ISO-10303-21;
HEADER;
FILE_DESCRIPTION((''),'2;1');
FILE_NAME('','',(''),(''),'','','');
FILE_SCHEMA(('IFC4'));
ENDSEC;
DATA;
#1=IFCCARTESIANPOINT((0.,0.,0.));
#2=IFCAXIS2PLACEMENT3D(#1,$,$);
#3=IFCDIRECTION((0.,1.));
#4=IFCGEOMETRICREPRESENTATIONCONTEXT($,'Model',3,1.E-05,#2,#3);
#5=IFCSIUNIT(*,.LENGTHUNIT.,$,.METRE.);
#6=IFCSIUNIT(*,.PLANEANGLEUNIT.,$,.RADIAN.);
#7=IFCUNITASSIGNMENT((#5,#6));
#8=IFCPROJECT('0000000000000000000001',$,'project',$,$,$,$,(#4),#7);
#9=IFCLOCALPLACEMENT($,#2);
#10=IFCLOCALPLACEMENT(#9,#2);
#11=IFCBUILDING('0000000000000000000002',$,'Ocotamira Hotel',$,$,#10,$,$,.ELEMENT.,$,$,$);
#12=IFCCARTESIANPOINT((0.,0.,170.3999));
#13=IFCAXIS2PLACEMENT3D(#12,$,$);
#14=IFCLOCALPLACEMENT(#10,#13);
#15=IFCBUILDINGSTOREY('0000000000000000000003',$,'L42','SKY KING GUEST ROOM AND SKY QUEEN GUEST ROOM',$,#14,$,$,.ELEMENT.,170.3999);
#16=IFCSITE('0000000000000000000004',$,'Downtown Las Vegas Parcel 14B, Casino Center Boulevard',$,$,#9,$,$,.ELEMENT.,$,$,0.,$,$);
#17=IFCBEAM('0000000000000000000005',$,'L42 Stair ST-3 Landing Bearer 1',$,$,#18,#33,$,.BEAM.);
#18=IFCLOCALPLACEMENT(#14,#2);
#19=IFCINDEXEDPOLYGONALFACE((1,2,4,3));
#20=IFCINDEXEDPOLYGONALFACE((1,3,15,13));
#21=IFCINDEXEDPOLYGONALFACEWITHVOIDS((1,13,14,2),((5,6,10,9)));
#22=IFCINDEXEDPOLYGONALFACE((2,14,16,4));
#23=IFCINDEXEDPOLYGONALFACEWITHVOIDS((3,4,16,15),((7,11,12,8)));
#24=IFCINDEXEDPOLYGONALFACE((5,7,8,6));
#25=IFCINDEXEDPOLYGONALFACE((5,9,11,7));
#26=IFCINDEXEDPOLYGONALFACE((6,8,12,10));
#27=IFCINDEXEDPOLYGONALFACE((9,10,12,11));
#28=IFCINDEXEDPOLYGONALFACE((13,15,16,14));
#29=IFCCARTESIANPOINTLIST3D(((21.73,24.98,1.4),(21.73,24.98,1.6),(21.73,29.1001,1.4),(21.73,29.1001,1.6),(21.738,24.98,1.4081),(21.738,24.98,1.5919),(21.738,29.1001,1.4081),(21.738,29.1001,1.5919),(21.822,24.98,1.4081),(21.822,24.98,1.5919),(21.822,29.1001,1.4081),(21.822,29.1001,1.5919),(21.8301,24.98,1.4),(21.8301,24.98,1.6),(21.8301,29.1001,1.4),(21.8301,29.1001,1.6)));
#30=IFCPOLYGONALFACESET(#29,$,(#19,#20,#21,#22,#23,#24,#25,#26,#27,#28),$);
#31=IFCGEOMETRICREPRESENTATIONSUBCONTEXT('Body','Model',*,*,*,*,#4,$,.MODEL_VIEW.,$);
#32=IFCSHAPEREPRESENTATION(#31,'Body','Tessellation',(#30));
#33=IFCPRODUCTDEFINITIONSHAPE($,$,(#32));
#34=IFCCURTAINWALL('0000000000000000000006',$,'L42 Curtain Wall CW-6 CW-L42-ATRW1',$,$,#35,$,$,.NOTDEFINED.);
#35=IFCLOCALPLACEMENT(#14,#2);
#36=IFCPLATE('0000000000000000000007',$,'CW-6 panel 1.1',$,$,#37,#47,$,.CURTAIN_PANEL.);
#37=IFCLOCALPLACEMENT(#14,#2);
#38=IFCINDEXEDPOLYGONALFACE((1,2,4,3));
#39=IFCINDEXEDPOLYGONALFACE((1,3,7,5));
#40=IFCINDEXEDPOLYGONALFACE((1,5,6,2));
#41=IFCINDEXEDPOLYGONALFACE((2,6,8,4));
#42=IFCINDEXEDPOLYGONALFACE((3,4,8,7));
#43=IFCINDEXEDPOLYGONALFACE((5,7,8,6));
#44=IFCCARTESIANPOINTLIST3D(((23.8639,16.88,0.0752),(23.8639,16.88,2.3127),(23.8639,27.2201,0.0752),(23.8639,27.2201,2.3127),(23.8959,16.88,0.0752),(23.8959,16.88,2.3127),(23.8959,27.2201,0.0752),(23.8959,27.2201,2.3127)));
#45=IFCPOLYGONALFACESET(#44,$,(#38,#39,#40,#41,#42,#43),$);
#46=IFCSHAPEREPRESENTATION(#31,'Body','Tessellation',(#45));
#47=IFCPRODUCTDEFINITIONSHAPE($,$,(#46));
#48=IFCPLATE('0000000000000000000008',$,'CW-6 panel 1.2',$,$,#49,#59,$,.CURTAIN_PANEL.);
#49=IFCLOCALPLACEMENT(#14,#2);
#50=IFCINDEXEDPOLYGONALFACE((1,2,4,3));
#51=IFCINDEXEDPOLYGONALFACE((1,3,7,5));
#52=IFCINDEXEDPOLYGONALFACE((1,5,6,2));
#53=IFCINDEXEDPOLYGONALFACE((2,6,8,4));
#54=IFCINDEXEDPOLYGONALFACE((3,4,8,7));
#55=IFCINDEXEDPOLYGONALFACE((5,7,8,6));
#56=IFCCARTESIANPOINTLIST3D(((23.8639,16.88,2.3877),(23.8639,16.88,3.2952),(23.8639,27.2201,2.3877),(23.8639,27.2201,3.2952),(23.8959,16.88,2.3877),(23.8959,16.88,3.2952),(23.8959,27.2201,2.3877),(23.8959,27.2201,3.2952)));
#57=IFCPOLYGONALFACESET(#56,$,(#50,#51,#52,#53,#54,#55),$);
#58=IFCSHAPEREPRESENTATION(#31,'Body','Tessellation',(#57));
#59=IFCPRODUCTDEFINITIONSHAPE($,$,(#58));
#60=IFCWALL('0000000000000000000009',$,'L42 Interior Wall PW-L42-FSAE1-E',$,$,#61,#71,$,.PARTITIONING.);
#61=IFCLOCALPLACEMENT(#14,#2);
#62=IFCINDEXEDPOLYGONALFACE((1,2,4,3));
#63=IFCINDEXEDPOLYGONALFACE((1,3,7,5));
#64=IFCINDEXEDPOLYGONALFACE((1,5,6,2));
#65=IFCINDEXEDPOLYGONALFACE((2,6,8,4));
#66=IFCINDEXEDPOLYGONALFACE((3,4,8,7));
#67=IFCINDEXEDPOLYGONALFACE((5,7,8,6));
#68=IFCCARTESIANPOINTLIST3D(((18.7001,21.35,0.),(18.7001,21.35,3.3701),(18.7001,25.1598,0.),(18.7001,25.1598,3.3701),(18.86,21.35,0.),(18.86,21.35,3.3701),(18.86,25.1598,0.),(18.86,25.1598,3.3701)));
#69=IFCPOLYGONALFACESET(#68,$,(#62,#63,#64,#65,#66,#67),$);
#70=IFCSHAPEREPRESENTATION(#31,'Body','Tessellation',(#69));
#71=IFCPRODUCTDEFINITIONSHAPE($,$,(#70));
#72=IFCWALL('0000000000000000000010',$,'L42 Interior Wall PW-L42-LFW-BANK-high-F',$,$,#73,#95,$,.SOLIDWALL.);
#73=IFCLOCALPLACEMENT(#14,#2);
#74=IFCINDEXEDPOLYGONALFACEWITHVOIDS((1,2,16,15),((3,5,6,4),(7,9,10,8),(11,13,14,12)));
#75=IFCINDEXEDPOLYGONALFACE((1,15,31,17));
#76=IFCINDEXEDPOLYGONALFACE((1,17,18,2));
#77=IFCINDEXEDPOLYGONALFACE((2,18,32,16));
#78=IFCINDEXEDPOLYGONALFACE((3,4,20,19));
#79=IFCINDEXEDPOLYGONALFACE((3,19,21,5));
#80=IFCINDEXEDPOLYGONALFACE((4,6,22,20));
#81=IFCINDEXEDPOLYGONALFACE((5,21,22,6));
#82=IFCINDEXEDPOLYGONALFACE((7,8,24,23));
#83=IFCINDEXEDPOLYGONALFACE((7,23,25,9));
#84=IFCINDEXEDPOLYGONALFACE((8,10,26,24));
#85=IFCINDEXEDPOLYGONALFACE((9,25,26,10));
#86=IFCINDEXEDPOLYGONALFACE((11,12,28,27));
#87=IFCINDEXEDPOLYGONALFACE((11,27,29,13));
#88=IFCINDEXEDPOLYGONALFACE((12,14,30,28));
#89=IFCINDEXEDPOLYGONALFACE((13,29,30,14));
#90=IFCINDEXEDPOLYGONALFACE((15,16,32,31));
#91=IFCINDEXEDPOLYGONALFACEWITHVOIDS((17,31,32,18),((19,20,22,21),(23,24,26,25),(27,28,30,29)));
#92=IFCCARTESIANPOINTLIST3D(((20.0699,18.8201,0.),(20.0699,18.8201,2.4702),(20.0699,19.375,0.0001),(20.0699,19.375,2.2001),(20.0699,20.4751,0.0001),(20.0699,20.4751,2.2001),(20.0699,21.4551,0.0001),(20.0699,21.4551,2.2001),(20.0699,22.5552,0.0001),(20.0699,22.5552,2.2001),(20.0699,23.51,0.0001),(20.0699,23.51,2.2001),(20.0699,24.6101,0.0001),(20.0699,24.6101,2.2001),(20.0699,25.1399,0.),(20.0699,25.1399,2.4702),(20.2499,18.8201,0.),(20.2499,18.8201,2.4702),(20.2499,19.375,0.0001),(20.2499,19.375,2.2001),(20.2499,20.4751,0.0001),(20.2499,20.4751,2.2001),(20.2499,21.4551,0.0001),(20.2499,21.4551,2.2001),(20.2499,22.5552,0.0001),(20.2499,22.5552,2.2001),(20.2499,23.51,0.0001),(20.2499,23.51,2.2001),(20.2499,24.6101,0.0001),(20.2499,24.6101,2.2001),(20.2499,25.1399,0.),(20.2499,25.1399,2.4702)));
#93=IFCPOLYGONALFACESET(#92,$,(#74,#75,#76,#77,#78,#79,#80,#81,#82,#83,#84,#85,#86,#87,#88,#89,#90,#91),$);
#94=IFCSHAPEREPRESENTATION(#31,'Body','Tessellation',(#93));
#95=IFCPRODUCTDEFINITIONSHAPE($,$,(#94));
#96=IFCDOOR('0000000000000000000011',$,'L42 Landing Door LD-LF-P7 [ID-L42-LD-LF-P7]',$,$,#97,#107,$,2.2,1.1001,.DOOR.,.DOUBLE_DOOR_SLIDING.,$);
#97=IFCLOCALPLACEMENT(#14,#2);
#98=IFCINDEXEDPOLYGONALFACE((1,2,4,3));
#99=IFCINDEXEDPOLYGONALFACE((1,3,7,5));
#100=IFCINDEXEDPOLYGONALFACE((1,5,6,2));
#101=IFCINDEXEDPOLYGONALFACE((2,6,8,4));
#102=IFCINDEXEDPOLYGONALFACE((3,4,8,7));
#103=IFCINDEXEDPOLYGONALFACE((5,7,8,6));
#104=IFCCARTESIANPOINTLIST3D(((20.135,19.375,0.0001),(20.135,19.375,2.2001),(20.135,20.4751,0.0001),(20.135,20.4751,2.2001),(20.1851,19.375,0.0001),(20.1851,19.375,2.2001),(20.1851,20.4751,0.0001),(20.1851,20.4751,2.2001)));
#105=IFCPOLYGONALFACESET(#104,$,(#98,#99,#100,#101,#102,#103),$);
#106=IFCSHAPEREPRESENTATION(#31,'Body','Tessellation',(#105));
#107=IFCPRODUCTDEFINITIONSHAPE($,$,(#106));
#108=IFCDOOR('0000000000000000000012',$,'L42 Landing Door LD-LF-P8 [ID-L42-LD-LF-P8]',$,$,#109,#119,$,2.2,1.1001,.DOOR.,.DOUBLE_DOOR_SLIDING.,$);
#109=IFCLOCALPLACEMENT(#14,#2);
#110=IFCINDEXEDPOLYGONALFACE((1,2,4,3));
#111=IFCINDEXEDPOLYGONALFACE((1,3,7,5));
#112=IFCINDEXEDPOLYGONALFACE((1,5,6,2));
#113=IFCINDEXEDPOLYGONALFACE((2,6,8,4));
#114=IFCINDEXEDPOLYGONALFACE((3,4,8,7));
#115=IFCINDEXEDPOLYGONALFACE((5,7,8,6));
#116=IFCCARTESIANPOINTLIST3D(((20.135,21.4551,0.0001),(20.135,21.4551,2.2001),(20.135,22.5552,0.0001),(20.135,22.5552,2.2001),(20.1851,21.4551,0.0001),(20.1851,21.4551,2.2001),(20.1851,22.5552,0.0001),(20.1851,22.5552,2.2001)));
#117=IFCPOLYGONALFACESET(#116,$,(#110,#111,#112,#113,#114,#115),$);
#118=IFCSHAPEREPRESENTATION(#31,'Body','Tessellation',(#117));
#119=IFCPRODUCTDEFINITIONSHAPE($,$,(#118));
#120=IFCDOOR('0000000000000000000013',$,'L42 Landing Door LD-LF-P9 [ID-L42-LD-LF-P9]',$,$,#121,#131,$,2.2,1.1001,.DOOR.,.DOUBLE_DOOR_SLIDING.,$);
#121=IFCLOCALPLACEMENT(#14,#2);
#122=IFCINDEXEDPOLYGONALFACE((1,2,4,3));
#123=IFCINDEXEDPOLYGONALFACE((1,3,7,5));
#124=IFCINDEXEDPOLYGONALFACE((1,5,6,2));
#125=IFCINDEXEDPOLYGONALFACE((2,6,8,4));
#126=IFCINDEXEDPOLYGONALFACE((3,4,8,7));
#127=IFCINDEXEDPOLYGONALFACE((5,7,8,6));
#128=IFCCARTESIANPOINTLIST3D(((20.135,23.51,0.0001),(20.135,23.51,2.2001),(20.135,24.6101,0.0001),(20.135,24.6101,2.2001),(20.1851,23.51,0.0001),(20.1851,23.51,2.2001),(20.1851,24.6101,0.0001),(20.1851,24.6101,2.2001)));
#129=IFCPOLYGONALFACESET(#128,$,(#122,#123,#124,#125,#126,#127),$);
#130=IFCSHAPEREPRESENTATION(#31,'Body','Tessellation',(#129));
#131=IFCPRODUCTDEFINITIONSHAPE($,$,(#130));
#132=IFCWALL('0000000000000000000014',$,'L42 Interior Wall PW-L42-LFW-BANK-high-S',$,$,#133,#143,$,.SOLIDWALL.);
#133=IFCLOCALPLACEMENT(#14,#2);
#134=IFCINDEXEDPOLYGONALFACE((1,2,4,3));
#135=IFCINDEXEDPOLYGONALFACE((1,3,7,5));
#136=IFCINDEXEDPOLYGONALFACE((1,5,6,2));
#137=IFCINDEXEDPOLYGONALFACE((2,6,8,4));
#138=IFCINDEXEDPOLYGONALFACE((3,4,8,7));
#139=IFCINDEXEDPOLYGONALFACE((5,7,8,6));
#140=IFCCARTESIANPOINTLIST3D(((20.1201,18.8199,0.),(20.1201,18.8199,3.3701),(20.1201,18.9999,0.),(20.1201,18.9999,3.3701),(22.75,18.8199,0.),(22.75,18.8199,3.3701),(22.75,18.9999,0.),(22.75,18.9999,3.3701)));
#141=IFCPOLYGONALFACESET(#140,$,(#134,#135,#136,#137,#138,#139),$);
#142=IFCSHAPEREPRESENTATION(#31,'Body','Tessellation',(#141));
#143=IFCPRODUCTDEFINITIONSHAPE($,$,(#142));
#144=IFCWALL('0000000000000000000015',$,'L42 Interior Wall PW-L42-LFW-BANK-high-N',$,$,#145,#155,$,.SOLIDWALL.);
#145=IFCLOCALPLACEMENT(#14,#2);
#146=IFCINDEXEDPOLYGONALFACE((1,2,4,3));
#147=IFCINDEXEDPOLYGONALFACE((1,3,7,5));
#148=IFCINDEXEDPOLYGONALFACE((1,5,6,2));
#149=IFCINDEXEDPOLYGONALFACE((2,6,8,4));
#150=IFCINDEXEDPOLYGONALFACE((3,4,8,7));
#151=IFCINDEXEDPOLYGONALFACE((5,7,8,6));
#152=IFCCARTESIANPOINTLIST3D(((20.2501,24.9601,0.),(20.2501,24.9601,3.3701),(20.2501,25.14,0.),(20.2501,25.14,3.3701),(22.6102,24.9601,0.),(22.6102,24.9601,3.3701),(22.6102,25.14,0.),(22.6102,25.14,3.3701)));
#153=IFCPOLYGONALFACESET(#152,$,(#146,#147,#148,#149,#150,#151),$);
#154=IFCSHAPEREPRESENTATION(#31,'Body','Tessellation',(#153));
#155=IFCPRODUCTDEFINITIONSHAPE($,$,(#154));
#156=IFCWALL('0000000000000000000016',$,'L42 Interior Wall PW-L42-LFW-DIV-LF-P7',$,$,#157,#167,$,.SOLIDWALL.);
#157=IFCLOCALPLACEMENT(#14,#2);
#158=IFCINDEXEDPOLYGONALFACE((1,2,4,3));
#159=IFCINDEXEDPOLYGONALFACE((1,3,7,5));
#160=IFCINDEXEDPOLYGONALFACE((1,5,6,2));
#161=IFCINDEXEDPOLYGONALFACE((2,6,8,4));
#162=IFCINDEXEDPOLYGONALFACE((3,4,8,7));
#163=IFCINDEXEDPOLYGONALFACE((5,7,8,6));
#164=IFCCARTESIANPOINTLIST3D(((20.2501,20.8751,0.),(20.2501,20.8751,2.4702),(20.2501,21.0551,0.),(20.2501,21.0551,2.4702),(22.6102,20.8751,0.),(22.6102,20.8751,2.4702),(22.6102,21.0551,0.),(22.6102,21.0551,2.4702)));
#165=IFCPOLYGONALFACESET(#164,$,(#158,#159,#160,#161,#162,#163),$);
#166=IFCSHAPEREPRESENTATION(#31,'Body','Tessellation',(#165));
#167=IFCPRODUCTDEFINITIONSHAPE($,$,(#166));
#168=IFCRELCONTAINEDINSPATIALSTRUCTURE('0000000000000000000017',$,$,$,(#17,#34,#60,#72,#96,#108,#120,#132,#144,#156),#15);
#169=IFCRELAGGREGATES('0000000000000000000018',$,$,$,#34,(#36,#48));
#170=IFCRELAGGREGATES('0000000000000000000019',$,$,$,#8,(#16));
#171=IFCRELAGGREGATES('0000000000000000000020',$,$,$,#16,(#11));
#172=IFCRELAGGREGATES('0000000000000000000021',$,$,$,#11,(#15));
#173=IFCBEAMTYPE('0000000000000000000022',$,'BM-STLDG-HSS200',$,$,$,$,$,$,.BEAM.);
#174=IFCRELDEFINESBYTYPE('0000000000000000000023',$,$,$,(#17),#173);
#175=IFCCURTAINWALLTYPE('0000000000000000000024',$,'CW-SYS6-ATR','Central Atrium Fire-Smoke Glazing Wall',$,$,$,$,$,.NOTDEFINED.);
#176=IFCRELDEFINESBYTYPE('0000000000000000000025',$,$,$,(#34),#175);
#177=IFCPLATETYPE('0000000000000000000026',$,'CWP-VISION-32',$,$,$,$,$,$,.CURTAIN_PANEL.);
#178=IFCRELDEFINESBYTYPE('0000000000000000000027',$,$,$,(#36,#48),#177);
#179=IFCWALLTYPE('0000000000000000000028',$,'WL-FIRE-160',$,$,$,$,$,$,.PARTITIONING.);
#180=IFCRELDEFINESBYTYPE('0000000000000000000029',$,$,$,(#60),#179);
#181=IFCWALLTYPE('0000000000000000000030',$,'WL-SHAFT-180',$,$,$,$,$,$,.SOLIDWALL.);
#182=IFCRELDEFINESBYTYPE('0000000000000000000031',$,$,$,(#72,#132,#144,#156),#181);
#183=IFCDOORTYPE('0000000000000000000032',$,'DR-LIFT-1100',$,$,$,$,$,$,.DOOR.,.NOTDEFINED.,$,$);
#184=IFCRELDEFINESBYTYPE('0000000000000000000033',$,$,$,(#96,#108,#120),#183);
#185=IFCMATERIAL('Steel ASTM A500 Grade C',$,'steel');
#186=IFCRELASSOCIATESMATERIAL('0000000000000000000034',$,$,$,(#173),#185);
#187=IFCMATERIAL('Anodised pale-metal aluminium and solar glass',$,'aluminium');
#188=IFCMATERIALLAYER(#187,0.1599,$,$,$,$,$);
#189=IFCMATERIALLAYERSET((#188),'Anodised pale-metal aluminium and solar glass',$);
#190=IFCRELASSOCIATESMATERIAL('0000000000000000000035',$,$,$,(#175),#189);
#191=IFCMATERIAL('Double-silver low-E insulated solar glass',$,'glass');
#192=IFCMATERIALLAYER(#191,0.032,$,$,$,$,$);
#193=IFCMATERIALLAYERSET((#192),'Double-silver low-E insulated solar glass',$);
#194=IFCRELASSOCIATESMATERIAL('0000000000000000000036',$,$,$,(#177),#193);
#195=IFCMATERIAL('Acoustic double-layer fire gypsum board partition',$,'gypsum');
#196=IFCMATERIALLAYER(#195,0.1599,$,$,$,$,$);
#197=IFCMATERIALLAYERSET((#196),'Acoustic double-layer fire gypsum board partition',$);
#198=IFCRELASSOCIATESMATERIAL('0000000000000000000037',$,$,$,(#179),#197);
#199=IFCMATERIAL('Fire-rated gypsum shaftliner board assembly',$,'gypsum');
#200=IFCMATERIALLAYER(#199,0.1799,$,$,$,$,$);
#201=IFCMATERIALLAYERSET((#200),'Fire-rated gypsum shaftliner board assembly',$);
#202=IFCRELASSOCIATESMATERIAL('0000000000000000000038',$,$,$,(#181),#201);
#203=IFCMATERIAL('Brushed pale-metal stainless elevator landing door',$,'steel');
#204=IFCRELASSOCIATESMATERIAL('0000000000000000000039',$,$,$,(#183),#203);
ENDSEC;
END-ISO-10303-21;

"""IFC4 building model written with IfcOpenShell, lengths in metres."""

from ifc_helpers import new_model, si_unit, direction, frame, frame_2d, origin, origin_2d, place, context, subcontext, project, spatial, rectangle, hollow_rectangle, extrude, source, transform, mapped, material, layer, layer_set, material_profile, profile_set, type_object, element, fill, aggregate, save


model = new_model("IFC4")

# Units and contexts
model_context = context("Model", 3, precision=1e-05, world=origin(), true_north=direction((0.0, 1.0)))
body_context = subcontext(model_context, "Body", "Model", "MODEL_VIEW")
ifc_project = project(units=[si_unit("LENGTHUNIT", "METRE"), si_unit("PLANEANGLEUNIT", "RADIAN")], contexts=[model_context])

# Site, building, storey
site_placement = place(None, origin())
site = spatial("IfcSite", under=ifc_project, at=site_placement, Name="Downtown Las Vegas Parcel 14B, Casino Center Boulevard", CompositionType="ELEMENT", RefElevation=0.0)
building_placement = place(site_placement, origin())
building = spatial("IfcBuilding", under=site, at=building_placement, Name="Ocotamira Hotel", CompositionType="ELEMENT")
storey_placement = place(building_placement, frame((0.0, 0.0, 170.3999)))
storey = spatial("IfcBuildingStorey", under=building, at=storey_placement, Name="L42", Description="SKY KING GUEST ROOM AND SKY QUEEN GUEST ROOM", CompositionType="ELEMENT", Elevation=170.3999)

# Beam
ifc_material_1 = material(Name="Steel ASTM A500 Grade C", Category="steel")
ifc_material_profile = material_profile(ifc_material_1, hollow_rectangle(XDim=0.1001, YDim=0.2, WallThickness=0.0081, at=origin_2d()), Name="HSS200X100X8")
ifc_profile_set = profile_set([ifc_material_profile], Name="Steel ASTM A500 Grade C")
beam_type = type_object("IfcBeamType", Name="BM-STLDG-HSS200", PredefinedType="BEAM", material=ifc_profile_set)
shared_shape_1 = source(origin(), body_context, "Body", "SweptSolid", [
    extrude(hollow_rectangle(XDim=0.1001, YDim=0.2, WallThickness=0.0081, at=origin_2d()), origin(), (0.0, 0.0, 1.0), 4.1201),
])
beam_placement = place(storey_placement, frame((21.78, 24.98, 1.5), z_axis=(0.0, 1.0, 0.0), x_axis=(-1.0, 0.0, 0.0)))
element("IfcBeam", 1, at=beam_placement, inside=storey, type_object=beam_type, Name="L42 Stair ST-3 Landing Bearer 1", PredefinedType="BEAM", context=body_context, shape_type="MappedRepresentation", body=[
    mapped(shared_shape_1, transform((0.0, 0.0, 0.0), scale=1.0)),
])

# Curtain wall, plates
ifc_material_2 = material(Name="Anodised pale-metal aluminium and solar glass", Category="aluminium")
ifc_layer_1 = layer(ifc_material_2, 0.1599)
ifc_layer_set_1 = layer_set([ifc_layer_1], Name="Anodised pale-metal aluminium and solar glass")
curtain_wall_type = type_object("IfcCurtainWallType", Name="CW-SYS6-ATR", Description="Central Atrium Fire-Smoke Glazing Wall", PredefinedType="NOTDEFINED", material=ifc_layer_set_1)
curtain_wall_placement = place(storey_placement, origin())
curtain_wall = element("IfcCurtainWall", 2, at=curtain_wall_placement, inside=storey, type_object=curtain_wall_type, Name="L42 Curtain Wall CW-6 CW-L42-ATRW1", PredefinedType="NOTDEFINED")
ifc_material_3 = material(Name="Double-silver low-E insulated solar glass", Category="glass")
ifc_layer_2 = layer(ifc_material_3, 0.032)
ifc_layer_set_2 = layer_set([ifc_layer_2], Name="Double-silver low-E insulated solar glass")
plate_type = type_object("IfcPlateType", Name="CWP-VISION-32", PredefinedType="CURTAIN_PANEL", material=ifc_layer_set_2)
shared_shape_2 = source(origin(), body_context, "Body", "SweptSolid", [
    extrude(rectangle(XDim=10.3401, YDim=0.032, at=origin_2d()), origin(), (0.0, 0.0, 1.0), 2.2375),
])
plate_1_placement = place(storey_placement, frame((23.8799, 22.05, 0.0752), z_axis=(0.0, 0.0, 1.0), x_axis=(0.0, 1.0, 0.0)))
plate_1 = element("IfcPlate", 3, at=plate_1_placement, type_object=plate_type, Name="CW-6 panel 1.1", PredefinedType="CURTAIN_PANEL", context=body_context, shape_type="MappedRepresentation", body=[
    mapped(shared_shape_2, transform((0.0, 0.0, 0.0), scale=1.0)),
])
shared_shape_3 = source(origin(), body_context, "Body", "SweptSolid", [
    extrude(rectangle(XDim=10.3401, YDim=0.032, at=origin_2d()), origin(), (0.0, 0.0, 1.0), 0.9075),
])
plate_2_placement = place(storey_placement, frame((23.8799, 22.05, 2.3877), z_axis=(0.0, 0.0, 1.0), x_axis=(0.0, 1.0, 0.0)))
plate_2 = element("IfcPlate", 4, at=plate_2_placement, type_object=plate_type, Name="CW-6 panel 1.2", PredefinedType="CURTAIN_PANEL", context=body_context, shape_type="MappedRepresentation", body=[
    mapped(shared_shape_3, transform((0.0, 0.0, 0.0), scale=1.0)),
])
aggregate(curtain_wall, [plate_1, plate_2])

# Shared definitions
ifc_material_4 = material(Name="Acoustic double-layer fire gypsum board partition", Category="gypsum")
ifc_layer_3 = layer(ifc_material_4, 0.1599)
ifc_layer_set_3 = layer_set([ifc_layer_3], Name="Acoustic double-layer fire gypsum board partition")
wall_type_1 = type_object("IfcWallType", Name="WL-FIRE-160", PredefinedType="PARTITIONING", material=ifc_layer_set_3)

# Wall
wall_1_placement = place(storey_placement, frame((18.78, 21.3501, 0.0), z_axis=(0.0, 0.0, 1.0), x_axis=(0.0, 1.0, 0.0)))
element("IfcWall", 5, at=wall_1_placement, inside=storey, type_object=wall_type_1, Name="L42 Interior Wall PW-L42-FSAE1-E", PredefinedType="PARTITIONING", context=body_context, shape_type="SweptSolid", body=[
    extrude(rectangle(XDim=3.8098, YDim=0.1599, at=frame_2d((1.9048, 0.0))), origin(), (0.0, 0.0, 1.0), 3.3701),
])

# Wall, openings, doors
ifc_material_5 = material(Name="Fire-rated gypsum shaftliner board assembly", Category="gypsum")
ifc_layer_4 = layer(ifc_material_5, 0.1799)
ifc_layer_set_4 = layer_set([ifc_layer_4], Name="Fire-rated gypsum shaftliner board assembly")
wall_type_2 = type_object("IfcWallType", Name="WL-SHAFT-180", PredefinedType="SOLIDWALL", material=ifc_layer_set_4)
wall_2_placement = place(storey_placement, frame((20.1599, 18.8201, 0.0), z_axis=(0.0, 0.0, 1.0), x_axis=(0.0, 1.0, 0.0)))
wall_2 = element("IfcWall", 6, at=wall_2_placement, inside=storey, type_object=wall_type_2, Name="L42 Interior Wall PW-L42-LFW-BANK-high-F", PredefinedType="SOLIDWALL", context=body_context, shape_type="SweptSolid", body=[
    extrude(rectangle(XDim=6.3198, YDim=0.1799, at=frame_2d((3.1599, 0.0))), origin(), (0.0, 0.0, 1.0), 2.4702),
])
opening_1_placement = place(wall_2_placement, frame((0.5549, 0.0, 0.0)))
opening_1 = element("IfcOpeningElement", 7, at=opening_1_placement, cuts=wall_2, PredefinedType="OPENING", context=body_context, shape_type="SweptSolid", body=[
    extrude(rectangle(XDim=1.1001, YDim=2.2, at=frame_2d((0.55, 1.1001))), frame((0.0, 0.1001, 0.0), z_axis=(0.0, -1.0, 0.0), x_axis=(1.0, 0.0, 0.0)), (0.0, 0.0, 1.0), 0.2),
])
opening_2_placement = place(wall_2_placement, frame((2.635, 0.0, 0.0)))
opening_2 = element("IfcOpeningElement", 8, at=opening_2_placement, cuts=wall_2, PredefinedType="OPENING", context=body_context, shape_type="SweptSolid", body=[
    extrude(rectangle(XDim=1.1001, YDim=2.2, at=frame_2d((0.55, 1.1001))), frame((0.0, 0.1001, 0.0), z_axis=(0.0, -1.0, 0.0), x_axis=(1.0, 0.0, 0.0)), (0.0, 0.0, 1.0), 0.2),
])
opening_3_placement = place(wall_2_placement, frame((4.6899, 0.0, 0.0)))
opening_3 = element("IfcOpeningElement", 9, at=opening_3_placement, cuts=wall_2, PredefinedType="OPENING", context=body_context, shape_type="SweptSolid", body=[
    extrude(rectangle(XDim=1.1001, YDim=2.2, at=frame_2d((0.55, 1.1001))), frame((0.0, 0.1001, 0.0), z_axis=(0.0, -1.0, 0.0), x_axis=(1.0, 0.0, 0.0)), (0.0, 0.0, 1.0), 0.2),
])
ifc_material_6 = material(Name="Brushed pale-metal stainless elevator landing door", Category="steel")
door_type_1 = type_object("IfcDoorType", Name="DR-LIFT-1100", OperationType="NOTDEFINED", PredefinedType="DOOR", material=ifc_material_6)
shared_shape_4 = source(origin(), body_context, "Body", "SweptSolid", [
    extrude(rectangle(XDim=1.1001, YDim=2.2, at=frame_2d((0.55, 1.1001))), frame((0.0, 0.0249, 0.0), z_axis=(0.0, -1.0, 0.0), x_axis=(1.0, 0.0, 0.0)), (0.0, 0.0, 1.0), 0.05),
])
door_1_placement = place(opening_1_placement, origin())
door_1 = element("IfcDoor", 10, at=door_1_placement, inside=storey, type_object=door_type_1, Name="L42 Landing Door LD-LF-P7 [ID-L42-LD-LF-P7]", OperationType="DOUBLE_DOOR_SLIDING", OverallHeight=2.2, OverallWidth=1.1001, PredefinedType="DOOR", context=body_context, shape_type="MappedRepresentation", body=[
    mapped(shared_shape_4, transform((0.0, 0.0, 0.0), scale=1.0)),
])
fill(opening_1, door_1)
door_2_placement = place(opening_2_placement, origin())
door_2 = element("IfcDoor", 11, at=door_2_placement, inside=storey, type_object=door_type_1, Name="L42 Landing Door LD-LF-P8 [ID-L42-LD-LF-P8]", OperationType="DOUBLE_DOOR_SLIDING", OverallHeight=2.2, OverallWidth=1.1001, PredefinedType="DOOR", context=body_context, shape_type="MappedRepresentation", body=[
    mapped(shared_shape_4, transform((0.0, 0.0, 0.0), scale=1.0)),
])
fill(opening_2, door_2)
door_3_placement = place(opening_3_placement, origin())
door_3 = element("IfcDoor", 12, at=door_3_placement, inside=storey, type_object=door_type_1, Name="L42 Landing Door LD-LF-P9 [ID-L42-LD-LF-P9]", OperationType="DOUBLE_DOOR_SLIDING", OverallHeight=2.2, OverallWidth=1.1001, PredefinedType="DOOR", context=body_context, shape_type="MappedRepresentation", body=[
    mapped(shared_shape_4, transform((0.0, 0.0, 0.0), scale=1.0)),
])
fill(opening_3, door_3)

# Walls
wall_3_placement = place(storey_placement, frame((20.1201, 18.9099, 0.0), z_axis=(0.0, 0.0, 1.0), x_axis=(1.0, 0.0, 0.0)))
element("IfcWall", 13, at=wall_3_placement, inside=storey, type_object=wall_type_2, Name="L42 Interior Wall PW-L42-LFW-BANK-high-S", PredefinedType="SOLIDWALL", context=body_context, shape_type="SweptSolid", body=[
    extrude(rectangle(XDim=2.6299, YDim=0.1799, at=frame_2d((1.3149, 0.0))), origin(), (0.0, 0.0, 1.0), 3.3701),
])
wall_4_placement = place(storey_placement, frame((20.25, 25.05, 0.0), z_axis=(0.0, 0.0, 1.0), x_axis=(1.0, 0.0, 0.0)))
element("IfcWall", 14, at=wall_4_placement, inside=storey, type_object=wall_type_2, Name="L42 Interior Wall PW-L42-LFW-BANK-high-N", PredefinedType="SOLIDWALL", context=body_context, shape_type="SweptSolid", body=[
    extrude(rectangle(XDim=2.3601, YDim=0.1799, at=frame_2d((1.1802, 0.0))), origin(), (0.0, 0.0, 1.0), 3.3701),
])
wall_5_placement = place(storey_placement, frame((20.25, 20.9651, 0.0), z_axis=(0.0, 0.0, 1.0), x_axis=(1.0, 0.0, 0.0)))
element("IfcWall", 15, at=wall_5_placement, inside=storey, type_object=wall_type_2, Name="L42 Interior Wall PW-L42-LFW-DIV-LF-P7", PredefinedType="SOLIDWALL", context=body_context, shape_type="SweptSolid", body=[
    extrude(rectangle(XDim=2.3601, YDim=0.1799, at=frame_2d((1.1802, 0.0))), origin(), (0.0, 0.0, 1.0), 2.4702),
])

save(model, "model.ifc")
